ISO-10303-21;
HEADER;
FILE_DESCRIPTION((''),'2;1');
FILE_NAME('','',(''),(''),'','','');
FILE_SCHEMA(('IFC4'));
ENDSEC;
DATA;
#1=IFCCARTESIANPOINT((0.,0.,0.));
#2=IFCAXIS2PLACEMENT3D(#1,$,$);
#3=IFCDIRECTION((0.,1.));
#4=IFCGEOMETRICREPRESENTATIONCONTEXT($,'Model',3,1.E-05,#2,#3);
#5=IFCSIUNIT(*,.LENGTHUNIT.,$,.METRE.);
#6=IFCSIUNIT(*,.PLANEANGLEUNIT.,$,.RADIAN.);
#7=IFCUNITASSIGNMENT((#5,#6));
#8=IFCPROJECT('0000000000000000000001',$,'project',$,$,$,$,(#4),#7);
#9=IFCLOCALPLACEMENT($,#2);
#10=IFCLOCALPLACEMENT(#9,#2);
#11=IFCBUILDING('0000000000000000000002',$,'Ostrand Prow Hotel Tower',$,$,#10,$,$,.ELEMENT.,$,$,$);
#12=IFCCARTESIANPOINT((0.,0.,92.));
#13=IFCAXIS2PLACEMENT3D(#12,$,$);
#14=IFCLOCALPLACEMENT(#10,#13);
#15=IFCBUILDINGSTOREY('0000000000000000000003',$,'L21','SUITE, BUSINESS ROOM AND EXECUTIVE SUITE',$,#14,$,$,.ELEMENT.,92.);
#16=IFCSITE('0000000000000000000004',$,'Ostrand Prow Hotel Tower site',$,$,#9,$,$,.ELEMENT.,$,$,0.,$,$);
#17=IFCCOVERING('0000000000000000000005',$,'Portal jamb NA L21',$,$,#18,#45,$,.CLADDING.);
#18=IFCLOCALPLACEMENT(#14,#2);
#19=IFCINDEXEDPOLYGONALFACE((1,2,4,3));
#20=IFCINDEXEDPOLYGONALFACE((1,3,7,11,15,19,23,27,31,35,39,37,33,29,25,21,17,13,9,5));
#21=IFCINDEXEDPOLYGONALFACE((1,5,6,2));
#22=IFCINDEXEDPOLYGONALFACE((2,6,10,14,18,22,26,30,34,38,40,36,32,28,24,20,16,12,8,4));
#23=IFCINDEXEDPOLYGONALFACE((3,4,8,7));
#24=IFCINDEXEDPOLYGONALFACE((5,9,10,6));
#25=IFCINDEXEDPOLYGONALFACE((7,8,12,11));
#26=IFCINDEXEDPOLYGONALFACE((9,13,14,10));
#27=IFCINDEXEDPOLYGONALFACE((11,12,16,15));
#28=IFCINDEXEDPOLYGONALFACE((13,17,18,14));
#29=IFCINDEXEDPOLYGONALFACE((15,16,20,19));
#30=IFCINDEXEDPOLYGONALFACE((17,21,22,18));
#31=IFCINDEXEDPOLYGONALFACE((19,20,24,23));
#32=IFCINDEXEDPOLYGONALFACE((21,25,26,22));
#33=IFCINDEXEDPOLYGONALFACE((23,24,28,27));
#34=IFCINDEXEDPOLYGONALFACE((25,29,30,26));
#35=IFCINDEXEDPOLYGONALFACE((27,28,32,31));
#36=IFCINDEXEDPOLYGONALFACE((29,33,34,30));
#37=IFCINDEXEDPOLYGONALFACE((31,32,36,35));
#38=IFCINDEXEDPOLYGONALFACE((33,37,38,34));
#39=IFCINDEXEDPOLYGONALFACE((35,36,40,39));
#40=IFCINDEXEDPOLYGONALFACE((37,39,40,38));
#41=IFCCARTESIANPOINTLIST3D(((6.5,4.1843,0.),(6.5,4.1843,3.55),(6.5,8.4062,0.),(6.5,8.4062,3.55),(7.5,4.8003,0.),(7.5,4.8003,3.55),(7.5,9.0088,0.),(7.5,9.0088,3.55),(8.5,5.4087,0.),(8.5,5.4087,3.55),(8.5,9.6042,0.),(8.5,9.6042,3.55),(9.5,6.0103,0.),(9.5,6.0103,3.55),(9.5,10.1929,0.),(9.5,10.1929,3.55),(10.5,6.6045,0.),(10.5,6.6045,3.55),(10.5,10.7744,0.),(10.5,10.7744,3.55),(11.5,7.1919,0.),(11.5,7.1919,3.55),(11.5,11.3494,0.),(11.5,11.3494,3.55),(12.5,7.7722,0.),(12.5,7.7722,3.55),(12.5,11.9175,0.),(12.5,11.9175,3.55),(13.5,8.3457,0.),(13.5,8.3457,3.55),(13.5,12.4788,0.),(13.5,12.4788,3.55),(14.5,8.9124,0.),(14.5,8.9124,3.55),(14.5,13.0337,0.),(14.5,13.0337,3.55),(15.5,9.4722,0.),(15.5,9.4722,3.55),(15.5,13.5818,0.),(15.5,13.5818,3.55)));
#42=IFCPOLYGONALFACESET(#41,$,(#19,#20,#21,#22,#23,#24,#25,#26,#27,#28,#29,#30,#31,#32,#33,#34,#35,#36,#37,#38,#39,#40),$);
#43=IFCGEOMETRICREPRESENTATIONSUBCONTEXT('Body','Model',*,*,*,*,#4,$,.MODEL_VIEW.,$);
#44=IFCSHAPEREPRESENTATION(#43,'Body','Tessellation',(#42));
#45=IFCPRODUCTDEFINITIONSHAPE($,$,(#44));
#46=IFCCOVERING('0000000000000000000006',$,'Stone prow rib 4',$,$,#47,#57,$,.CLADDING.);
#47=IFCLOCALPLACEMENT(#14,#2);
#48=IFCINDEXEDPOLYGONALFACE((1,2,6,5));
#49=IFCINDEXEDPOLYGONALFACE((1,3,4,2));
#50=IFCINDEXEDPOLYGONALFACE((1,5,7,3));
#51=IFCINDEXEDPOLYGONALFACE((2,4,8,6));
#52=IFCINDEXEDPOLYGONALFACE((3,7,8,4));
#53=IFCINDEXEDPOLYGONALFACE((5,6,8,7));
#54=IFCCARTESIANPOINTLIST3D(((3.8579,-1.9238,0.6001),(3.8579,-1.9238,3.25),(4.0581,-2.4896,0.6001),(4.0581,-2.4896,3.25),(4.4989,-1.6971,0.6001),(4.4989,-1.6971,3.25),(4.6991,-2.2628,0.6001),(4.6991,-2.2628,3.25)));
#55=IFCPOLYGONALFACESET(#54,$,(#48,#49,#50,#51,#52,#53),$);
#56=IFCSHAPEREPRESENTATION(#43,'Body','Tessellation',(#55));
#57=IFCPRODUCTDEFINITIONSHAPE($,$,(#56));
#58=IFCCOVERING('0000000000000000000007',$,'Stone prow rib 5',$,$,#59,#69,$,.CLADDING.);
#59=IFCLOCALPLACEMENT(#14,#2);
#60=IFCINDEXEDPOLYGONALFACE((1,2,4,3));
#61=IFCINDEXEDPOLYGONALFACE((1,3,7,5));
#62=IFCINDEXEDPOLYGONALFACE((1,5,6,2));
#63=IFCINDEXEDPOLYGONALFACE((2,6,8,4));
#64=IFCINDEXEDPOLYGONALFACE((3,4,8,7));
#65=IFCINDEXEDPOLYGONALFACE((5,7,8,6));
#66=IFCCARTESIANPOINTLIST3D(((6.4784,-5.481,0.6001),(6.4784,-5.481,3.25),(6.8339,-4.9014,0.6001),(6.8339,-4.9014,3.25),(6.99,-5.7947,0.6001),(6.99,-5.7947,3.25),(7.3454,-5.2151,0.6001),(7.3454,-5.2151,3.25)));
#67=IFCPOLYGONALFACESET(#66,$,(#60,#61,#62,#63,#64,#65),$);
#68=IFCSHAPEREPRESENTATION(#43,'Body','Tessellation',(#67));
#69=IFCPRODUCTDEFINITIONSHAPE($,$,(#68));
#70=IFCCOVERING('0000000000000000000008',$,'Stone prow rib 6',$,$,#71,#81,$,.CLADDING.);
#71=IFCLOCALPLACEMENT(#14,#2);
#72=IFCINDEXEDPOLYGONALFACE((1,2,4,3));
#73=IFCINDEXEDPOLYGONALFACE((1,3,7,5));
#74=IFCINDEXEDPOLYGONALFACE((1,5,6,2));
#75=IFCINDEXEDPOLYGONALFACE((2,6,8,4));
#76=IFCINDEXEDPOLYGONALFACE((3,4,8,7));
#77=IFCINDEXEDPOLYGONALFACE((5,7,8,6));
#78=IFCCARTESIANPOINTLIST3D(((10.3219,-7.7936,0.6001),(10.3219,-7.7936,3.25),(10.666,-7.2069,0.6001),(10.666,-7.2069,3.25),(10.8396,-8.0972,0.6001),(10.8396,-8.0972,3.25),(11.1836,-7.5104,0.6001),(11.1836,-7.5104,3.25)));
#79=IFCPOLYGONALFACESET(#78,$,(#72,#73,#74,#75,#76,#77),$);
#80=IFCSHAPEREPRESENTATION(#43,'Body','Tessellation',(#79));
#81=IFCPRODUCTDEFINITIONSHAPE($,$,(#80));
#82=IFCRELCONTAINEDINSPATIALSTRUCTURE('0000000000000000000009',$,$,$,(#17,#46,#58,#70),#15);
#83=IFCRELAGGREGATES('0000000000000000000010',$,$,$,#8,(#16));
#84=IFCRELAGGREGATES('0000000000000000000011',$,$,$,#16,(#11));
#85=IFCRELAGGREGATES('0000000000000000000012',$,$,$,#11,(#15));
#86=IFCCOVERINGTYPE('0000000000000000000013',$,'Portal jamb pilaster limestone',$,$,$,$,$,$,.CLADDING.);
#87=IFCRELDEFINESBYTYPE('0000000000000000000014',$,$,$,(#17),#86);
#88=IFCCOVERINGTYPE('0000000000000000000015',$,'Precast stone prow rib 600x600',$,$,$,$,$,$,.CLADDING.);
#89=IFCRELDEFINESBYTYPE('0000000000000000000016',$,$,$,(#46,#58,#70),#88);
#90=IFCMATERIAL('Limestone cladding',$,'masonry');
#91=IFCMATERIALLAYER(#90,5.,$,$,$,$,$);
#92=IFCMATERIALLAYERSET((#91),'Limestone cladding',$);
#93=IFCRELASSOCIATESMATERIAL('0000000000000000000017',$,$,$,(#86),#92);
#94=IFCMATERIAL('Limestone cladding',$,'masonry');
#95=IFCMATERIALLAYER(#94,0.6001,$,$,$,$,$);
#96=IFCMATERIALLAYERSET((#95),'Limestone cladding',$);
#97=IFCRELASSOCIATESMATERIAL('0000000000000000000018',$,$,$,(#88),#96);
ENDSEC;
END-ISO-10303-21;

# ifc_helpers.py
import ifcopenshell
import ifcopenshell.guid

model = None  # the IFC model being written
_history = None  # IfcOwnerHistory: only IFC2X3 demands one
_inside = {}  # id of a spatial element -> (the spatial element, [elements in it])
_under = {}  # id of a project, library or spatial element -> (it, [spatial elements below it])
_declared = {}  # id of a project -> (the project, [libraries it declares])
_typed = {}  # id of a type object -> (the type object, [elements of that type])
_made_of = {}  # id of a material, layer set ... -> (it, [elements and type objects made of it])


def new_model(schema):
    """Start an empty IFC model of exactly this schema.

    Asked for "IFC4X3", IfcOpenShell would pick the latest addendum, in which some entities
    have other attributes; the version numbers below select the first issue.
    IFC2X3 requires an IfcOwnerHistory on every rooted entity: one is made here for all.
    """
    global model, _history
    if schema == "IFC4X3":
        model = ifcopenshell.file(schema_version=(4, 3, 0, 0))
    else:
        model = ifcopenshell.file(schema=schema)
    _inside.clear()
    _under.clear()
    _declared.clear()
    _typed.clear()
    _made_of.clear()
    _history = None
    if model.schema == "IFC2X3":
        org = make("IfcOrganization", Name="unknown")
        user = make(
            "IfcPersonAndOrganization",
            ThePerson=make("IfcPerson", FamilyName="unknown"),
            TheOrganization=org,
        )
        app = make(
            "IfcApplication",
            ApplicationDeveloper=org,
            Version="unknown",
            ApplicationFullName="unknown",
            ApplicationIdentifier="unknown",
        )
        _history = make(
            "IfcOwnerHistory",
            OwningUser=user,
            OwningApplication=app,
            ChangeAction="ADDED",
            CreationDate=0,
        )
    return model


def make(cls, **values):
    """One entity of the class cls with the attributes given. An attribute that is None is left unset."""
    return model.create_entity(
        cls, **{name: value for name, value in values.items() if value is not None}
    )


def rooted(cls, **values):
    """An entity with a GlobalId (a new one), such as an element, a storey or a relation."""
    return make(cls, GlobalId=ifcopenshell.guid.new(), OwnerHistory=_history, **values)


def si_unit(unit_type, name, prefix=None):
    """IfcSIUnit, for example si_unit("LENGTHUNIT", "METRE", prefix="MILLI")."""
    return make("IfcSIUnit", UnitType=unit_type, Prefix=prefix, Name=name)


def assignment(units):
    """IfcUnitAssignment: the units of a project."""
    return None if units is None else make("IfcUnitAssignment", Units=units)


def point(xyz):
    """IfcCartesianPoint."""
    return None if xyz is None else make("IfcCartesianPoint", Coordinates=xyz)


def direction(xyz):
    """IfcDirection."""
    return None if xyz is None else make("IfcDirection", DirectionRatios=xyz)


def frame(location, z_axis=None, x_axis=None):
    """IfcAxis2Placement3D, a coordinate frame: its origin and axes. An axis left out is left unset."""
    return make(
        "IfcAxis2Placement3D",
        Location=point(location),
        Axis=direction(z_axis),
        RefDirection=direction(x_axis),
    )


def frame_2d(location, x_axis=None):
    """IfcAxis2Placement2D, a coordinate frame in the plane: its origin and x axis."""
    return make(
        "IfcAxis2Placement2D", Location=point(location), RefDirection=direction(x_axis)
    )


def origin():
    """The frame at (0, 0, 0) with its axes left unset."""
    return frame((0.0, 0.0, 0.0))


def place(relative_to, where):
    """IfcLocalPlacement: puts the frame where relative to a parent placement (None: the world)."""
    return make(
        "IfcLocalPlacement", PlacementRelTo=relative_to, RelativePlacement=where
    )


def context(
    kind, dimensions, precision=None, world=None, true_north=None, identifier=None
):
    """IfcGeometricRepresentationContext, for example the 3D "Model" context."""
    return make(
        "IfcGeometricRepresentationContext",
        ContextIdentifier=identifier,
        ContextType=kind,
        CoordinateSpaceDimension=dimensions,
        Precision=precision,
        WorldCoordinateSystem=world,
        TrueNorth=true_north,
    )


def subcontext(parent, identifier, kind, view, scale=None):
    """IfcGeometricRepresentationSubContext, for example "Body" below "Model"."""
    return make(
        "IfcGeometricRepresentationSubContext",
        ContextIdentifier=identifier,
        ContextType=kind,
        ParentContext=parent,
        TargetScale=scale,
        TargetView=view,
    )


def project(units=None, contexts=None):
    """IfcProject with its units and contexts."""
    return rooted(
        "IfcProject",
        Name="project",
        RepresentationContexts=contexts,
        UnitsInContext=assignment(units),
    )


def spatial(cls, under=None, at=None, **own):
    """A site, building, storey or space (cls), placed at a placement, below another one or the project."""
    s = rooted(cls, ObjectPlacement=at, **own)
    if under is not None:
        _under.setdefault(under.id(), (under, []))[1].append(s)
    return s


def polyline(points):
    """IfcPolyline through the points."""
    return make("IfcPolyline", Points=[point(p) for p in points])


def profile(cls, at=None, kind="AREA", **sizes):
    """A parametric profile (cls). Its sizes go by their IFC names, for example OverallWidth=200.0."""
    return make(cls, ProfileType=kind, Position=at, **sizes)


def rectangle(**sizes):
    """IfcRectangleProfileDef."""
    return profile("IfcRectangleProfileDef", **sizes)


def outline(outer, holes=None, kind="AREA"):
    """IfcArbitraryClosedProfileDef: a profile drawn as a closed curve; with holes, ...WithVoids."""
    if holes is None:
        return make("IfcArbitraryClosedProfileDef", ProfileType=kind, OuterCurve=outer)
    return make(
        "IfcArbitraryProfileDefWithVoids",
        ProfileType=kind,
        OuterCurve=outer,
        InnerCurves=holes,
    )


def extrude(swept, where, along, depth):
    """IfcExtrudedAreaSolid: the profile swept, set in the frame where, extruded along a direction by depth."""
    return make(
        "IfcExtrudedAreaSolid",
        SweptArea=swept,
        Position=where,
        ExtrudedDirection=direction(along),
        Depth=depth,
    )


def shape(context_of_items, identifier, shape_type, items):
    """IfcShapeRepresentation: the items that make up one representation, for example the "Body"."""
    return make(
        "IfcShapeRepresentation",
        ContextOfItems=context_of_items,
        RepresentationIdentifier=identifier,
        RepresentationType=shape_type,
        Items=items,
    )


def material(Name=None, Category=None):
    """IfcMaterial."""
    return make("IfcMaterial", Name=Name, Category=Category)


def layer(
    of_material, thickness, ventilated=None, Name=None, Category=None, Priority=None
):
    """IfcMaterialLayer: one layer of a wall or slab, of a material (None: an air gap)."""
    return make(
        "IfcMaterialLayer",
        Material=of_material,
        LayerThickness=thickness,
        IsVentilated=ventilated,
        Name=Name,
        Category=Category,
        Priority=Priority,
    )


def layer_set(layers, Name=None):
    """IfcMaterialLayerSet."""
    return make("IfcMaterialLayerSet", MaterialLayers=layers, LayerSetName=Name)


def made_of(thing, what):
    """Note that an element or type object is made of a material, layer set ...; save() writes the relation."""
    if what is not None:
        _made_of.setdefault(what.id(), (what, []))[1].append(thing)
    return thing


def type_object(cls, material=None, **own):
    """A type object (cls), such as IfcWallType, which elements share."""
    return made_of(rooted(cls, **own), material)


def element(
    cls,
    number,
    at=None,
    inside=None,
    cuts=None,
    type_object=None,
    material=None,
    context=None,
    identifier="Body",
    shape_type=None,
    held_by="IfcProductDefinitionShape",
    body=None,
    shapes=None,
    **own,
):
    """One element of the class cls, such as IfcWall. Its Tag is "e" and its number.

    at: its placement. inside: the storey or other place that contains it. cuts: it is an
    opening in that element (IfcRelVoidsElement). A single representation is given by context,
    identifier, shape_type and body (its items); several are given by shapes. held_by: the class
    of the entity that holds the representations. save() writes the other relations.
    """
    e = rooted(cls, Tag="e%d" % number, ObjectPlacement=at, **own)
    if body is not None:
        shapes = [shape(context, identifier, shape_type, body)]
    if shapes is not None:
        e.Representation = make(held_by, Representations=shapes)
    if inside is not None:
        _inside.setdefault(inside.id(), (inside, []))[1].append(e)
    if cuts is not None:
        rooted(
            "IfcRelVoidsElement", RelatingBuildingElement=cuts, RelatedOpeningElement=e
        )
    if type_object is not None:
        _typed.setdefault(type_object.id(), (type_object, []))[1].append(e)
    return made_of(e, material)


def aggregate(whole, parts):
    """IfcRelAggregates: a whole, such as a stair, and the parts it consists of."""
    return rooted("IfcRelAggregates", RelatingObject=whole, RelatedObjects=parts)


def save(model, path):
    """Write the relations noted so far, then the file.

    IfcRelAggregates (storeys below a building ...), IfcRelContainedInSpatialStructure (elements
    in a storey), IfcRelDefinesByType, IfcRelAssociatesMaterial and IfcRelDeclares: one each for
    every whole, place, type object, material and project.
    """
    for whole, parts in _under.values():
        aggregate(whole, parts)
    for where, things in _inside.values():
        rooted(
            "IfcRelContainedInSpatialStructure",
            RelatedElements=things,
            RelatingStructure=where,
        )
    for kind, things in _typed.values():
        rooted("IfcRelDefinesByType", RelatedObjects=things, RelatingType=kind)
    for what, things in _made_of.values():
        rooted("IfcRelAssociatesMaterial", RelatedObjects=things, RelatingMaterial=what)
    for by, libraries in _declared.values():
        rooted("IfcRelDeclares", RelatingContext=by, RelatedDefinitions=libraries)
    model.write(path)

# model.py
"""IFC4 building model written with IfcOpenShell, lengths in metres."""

from ifc_helpers import new_model, si_unit, direction, frame, frame_2d, origin, place, context, subcontext, project, spatial, polyline, rectangle, outline, extrude, material, layer, layer_set, type_object, element, save


model = new_model("IFC4")

# Units and contexts
model_context = context("Model", 3, precision=1e-05, world=origin(), true_north=direction((0.0, 1.0)))
body_context = subcontext(model_context, "Body", "Model", "MODEL_VIEW")
ifc_project = project(units=[si_unit("LENGTHUNIT", "METRE"), si_unit("PLANEANGLEUNIT", "RADIAN")], contexts=[model_context])

# Site, building, storey
site_placement = place(None, origin())
site = spatial("IfcSite", under=ifc_project, at=site_placement, Name="Ostrand Prow Hotel Tower site", CompositionType="ELEMENT", RefElevation=0.0)
building_placement = place(site_placement, origin())
building = spatial("IfcBuilding", under=site, at=building_placement, Name="Ostrand Prow Hotel Tower", CompositionType="ELEMENT")
storey_placement = place(building_placement, frame((0.0, 0.0, 92.0)))
storey = spatial("IfcBuildingStorey", under=building, at=storey_placement, Name="L21", Description="SUITE, BUSINESS ROOM AND EXECUTIVE SUITE", CompositionType="ELEMENT", Elevation=92.0)

# Coverings
ifc_material_1 = material(Name="Limestone cladding", Category="masonry")
ifc_layer_1 = layer(ifc_material_1, 5.0)
ifc_layer_set_1 = layer_set([ifc_layer_1], Name="Limestone cladding")
covering_type_1 = type_object("IfcCoveringType", Name="Portal jamb pilaster limestone", PredefinedType="CLADDING", material=ifc_layer_set_1)
covering_1_placement = place(storey_placement, origin())
element("IfcCovering", 1, at=covering_1_placement, inside=storey, type_object=covering_type_1, Name="Portal jamb NA L21", PredefinedType="CLADDING", context=body_context, shape_type="SweptSolid", body=[
    extrude(outline(polyline([(6.5, 4.1843), (7.5, 4.8003), (8.5, 5.4087), (9.5, 6.0103), (10.5, 6.6045), (11.5, 7.1919), (12.5, 7.7722), (13.5, 8.3457), (14.5, 8.9124), (15.5, 9.4722), (15.5, 13.5818), (14.5, 13.0337), (13.5, 12.4788), (12.5, 11.9175), (11.5, 11.3494), (10.5, 10.7744), (9.5, 10.1929), (8.5, 9.6042), (7.5, 9.0088), (6.5, 8.4062), (6.5, 4.1843)])), origin(), (0.0, 0.0, 1.0), 3.55),
])
ifc_material_2 = material(Name="Limestone cladding", Category="masonry")
ifc_layer_2 = layer(ifc_material_2, 0.6001)
ifc_layer_set_2 = layer_set([ifc_layer_2], Name="Limestone cladding")
covering_type_2 = type_object("IfcCoveringType", Name="Precast stone prow rib 600x600", PredefinedType="CLADDING", material=ifc_layer_set_2)
for number, where, z_axis, x_axis, name in (
    (2, (4.5989, -1.98, 0.6001), (0.0, 0.0, 1.0), (-0.942745, -0.333515, 0.0), "Stone prow rib 4"),
    (3, (7.0896, -5.0583, 0.6001), (0.0, 0.0, 1.0), (-0.522815, -0.852446, 0.0), "Stone prow rib 5"),
):
    element("IfcCovering", number, at=place(storey_placement, frame(where, z_axis=z_axis, x_axis=x_axis)), inside=storey, type_object=covering_type_2, Name=name, PredefinedType="CLADDING", context=body_context, shape_type="SweptSolid", body=[
        extrude(rectangle(XDim=0.6799, YDim=0.6001, at=frame_2d((0.3398, 0.0))), origin(), (0.0, 0.0, 1.0), 2.6499),
    ])
covering_2_placement = place(storey_placement, frame((10.9248, -7.3586, 0.6001), z_axis=(0.0, 0.0, 1.0), x_axis=(-0.505812, -0.862644, 0.0)))
element("IfcCovering", 4, at=covering_2_placement, inside=storey, type_object=covering_type_2, Name="Stone prow rib 6", PredefinedType="CLADDING", context=body_context, shape_type="SweptSolid", body=[
    extrude(rectangle(XDim=0.6802, YDim=0.6001, at=frame_2d((0.3401, 0.0))), origin(), (0.0, 0.0, 1.0), 2.6499),
])

save(model, "model.ifc")
